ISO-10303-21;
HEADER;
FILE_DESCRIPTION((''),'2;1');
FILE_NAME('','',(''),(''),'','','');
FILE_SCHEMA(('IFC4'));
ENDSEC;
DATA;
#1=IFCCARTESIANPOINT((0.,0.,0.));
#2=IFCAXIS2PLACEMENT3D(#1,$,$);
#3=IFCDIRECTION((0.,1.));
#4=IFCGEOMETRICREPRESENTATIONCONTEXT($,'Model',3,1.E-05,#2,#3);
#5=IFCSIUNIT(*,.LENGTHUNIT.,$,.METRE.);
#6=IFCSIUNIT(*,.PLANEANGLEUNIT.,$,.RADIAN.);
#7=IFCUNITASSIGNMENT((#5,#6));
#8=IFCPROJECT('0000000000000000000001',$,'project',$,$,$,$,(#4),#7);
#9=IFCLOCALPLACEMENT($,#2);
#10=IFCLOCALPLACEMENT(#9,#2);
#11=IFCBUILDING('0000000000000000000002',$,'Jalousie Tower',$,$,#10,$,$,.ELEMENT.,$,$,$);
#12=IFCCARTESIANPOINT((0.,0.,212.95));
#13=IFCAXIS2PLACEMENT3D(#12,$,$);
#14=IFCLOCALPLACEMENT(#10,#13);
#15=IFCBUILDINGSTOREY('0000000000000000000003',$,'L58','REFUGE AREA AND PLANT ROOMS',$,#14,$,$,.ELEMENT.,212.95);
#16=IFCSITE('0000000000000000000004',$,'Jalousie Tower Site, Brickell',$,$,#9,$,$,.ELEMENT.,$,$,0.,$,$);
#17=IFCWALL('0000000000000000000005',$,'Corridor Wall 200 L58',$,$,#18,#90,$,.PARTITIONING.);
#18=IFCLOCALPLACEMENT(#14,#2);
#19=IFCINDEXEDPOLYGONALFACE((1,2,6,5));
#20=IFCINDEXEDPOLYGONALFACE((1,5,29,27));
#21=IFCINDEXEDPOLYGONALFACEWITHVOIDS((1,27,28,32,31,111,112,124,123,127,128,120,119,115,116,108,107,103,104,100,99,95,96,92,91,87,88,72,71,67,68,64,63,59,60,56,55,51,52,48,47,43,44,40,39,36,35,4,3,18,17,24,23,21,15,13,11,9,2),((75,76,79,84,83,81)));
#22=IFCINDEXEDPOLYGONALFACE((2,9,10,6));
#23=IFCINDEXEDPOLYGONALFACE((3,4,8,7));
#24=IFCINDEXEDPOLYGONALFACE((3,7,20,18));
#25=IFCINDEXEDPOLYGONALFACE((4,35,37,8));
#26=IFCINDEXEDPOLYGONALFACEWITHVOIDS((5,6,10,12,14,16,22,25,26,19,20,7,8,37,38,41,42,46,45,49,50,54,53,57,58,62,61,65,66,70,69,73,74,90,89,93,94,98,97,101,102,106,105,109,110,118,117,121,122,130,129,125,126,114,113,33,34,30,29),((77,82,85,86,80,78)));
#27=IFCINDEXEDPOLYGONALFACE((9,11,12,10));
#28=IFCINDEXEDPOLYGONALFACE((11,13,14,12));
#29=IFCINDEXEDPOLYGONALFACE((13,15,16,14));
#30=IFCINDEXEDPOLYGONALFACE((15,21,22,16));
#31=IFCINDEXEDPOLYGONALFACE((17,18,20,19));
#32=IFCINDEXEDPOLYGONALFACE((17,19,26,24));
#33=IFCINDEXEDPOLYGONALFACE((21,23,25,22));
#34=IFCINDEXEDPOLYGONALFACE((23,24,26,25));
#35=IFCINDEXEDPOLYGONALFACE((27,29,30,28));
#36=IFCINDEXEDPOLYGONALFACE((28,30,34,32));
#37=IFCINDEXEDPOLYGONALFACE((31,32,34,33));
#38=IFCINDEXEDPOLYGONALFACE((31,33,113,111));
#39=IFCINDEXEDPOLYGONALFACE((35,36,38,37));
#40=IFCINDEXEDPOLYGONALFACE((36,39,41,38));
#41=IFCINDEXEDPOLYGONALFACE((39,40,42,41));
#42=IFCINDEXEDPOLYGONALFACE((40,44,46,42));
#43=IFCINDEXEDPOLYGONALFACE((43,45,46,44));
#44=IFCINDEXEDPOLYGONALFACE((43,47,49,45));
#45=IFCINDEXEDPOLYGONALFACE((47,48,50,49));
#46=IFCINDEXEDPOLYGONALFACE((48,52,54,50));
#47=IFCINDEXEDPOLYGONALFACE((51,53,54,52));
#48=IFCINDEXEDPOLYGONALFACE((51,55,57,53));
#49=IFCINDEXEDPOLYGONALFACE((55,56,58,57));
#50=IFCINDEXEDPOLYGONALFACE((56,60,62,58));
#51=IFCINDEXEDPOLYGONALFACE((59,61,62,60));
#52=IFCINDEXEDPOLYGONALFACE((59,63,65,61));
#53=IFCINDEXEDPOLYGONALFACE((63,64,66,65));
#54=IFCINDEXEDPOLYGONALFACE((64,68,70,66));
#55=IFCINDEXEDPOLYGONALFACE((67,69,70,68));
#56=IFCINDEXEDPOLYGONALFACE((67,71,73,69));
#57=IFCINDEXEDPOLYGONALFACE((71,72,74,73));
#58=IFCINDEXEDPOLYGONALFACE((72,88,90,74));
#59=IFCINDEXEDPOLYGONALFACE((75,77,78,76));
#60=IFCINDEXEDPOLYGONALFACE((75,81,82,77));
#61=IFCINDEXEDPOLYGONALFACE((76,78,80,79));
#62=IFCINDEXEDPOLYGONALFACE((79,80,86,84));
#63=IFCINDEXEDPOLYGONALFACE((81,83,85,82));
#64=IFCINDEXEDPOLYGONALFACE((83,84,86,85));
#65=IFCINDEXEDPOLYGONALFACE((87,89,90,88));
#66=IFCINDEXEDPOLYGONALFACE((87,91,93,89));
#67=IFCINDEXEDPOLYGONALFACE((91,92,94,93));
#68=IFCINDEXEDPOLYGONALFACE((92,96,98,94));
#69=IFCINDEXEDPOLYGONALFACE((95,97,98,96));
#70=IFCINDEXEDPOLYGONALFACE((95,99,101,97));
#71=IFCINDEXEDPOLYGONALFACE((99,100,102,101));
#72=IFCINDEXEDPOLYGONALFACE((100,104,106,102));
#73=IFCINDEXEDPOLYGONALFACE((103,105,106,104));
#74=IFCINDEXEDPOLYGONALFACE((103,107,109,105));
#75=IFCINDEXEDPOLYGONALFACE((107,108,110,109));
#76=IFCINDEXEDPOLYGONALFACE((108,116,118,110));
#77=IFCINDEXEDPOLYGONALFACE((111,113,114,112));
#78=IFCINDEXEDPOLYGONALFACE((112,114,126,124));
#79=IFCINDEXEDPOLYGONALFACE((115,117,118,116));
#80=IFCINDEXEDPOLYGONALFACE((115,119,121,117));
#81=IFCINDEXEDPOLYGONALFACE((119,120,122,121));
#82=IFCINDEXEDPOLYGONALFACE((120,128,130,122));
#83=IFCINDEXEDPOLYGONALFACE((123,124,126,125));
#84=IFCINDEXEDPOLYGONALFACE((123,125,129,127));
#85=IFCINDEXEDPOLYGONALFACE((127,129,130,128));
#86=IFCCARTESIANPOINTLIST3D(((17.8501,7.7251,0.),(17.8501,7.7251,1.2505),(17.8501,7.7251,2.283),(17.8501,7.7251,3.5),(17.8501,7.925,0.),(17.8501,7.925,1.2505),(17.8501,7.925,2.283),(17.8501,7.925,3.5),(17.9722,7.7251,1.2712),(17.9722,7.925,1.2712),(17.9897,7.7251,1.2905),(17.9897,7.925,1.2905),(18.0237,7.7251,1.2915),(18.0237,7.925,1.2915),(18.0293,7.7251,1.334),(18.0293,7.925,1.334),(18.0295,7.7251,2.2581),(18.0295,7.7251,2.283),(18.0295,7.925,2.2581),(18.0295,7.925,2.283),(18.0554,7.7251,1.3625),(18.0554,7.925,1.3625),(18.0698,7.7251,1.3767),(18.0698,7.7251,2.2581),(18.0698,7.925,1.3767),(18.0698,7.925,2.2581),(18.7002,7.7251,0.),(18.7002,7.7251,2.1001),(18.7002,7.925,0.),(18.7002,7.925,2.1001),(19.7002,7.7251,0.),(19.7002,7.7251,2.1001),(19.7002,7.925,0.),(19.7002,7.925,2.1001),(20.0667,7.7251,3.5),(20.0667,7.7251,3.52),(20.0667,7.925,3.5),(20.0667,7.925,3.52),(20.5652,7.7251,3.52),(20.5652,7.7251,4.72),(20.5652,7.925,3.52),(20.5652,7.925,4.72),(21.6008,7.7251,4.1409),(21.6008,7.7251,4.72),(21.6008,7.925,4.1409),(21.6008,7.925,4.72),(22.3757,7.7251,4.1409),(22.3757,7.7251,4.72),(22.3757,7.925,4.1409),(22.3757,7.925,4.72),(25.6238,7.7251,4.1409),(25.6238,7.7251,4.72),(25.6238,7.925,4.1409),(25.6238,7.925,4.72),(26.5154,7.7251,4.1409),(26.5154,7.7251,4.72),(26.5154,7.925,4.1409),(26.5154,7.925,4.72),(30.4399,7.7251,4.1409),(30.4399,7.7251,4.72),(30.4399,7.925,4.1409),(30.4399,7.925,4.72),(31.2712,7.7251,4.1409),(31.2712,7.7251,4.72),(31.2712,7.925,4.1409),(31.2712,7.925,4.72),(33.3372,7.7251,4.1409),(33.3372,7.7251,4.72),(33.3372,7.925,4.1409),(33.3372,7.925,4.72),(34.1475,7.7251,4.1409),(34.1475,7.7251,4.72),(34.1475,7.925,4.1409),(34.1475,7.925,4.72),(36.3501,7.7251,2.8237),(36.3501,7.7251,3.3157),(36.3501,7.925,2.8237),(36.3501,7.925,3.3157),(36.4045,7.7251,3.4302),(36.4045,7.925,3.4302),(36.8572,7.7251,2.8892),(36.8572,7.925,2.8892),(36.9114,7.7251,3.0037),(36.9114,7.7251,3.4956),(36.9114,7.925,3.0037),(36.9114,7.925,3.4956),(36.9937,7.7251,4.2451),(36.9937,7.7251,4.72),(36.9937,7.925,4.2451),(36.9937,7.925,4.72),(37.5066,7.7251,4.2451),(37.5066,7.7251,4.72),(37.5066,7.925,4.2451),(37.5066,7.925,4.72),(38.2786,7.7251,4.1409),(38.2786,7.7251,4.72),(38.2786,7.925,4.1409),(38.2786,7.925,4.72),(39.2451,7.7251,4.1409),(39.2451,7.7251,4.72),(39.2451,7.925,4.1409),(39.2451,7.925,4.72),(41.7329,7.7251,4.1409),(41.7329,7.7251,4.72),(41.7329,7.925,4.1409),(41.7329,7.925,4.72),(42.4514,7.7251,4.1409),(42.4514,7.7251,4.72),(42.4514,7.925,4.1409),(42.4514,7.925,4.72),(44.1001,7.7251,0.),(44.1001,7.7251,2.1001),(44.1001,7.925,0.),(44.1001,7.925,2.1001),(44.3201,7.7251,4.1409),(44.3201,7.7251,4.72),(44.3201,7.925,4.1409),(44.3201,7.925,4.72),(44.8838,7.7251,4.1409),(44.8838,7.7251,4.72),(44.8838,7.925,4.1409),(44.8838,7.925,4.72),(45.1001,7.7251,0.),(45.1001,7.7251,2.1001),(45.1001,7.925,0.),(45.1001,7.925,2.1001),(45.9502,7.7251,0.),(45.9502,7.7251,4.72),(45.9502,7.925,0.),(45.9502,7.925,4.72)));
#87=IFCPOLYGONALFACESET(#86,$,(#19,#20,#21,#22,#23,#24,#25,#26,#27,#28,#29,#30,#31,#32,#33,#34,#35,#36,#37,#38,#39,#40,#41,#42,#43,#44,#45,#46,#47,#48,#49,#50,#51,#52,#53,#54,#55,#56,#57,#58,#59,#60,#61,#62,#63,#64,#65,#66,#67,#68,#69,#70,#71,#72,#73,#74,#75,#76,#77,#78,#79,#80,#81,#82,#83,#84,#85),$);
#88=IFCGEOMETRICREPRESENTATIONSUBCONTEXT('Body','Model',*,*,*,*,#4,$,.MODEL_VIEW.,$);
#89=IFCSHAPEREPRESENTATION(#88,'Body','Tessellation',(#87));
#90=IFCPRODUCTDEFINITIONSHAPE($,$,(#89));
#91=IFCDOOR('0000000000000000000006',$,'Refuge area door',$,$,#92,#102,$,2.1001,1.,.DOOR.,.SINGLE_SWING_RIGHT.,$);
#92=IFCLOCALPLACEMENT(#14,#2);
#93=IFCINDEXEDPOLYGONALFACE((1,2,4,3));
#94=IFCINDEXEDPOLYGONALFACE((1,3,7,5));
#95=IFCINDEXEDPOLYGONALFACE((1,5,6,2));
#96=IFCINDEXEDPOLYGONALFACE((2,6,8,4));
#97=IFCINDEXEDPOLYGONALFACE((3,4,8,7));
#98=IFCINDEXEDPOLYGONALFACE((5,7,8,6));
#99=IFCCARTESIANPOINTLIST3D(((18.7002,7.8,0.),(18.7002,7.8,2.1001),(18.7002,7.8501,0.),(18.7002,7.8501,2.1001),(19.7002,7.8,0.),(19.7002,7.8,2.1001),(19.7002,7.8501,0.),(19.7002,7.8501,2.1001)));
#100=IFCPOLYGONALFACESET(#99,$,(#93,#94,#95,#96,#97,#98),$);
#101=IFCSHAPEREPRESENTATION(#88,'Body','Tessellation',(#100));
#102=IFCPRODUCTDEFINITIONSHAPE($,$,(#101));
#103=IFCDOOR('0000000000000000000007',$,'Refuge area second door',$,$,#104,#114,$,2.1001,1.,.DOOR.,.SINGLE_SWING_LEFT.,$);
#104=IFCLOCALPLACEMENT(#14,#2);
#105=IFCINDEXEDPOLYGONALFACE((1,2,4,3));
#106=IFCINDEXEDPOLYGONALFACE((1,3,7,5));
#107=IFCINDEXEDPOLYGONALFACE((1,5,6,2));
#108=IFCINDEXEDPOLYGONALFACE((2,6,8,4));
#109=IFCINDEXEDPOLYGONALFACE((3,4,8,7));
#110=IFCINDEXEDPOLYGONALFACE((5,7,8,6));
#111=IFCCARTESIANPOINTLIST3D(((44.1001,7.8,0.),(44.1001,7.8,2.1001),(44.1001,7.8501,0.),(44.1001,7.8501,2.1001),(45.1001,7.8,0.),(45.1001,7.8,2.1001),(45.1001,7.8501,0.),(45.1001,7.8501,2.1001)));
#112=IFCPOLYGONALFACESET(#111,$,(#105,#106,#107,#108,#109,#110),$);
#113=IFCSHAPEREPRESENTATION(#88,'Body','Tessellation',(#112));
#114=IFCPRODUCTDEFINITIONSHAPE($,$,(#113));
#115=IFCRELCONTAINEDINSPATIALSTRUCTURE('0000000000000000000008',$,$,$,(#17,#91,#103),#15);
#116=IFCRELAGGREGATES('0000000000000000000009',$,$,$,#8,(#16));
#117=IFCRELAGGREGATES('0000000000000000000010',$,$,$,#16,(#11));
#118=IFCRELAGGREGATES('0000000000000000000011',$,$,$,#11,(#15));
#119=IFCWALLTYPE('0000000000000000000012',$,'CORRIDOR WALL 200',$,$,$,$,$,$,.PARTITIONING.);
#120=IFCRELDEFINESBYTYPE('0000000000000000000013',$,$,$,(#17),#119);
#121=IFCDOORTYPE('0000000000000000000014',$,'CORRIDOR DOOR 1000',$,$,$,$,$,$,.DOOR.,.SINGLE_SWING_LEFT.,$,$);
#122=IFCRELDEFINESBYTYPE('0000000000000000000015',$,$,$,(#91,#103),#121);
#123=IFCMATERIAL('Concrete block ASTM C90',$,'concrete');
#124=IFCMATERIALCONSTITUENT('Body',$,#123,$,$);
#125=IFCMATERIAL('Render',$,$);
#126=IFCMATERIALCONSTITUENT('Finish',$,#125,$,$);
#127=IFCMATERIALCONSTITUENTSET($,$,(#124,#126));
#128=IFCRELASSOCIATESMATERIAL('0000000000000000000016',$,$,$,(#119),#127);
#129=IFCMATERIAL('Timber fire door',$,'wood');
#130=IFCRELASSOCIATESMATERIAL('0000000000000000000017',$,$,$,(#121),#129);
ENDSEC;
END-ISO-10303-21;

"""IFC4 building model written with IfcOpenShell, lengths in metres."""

from ifc_helpers import new_model, si_unit, direction, frame, frame_2d, origin, place, context, subcontext, project, spatial, polyline, rectangle, outline, extrude, material, constituent, constituent_set, type_object, element, fill, save


model = new_model("IFC4")

# Units and contexts
model_context = context("Model", 3, precision=1e-05, world=origin(), true_north=direction((0.0, 1.0)))
body_context = subcontext(model_context, "Body", "Model", "MODEL_VIEW")
ifc_project = project(units=[si_unit("LENGTHUNIT", "METRE"), si_unit("PLANEANGLEUNIT", "RADIAN")], contexts=[model_context])

# Site, building, storey
site_placement = place(None, origin())
site = spatial("IfcSite", under=ifc_project, at=site_placement, Name="Jalousie Tower Site, Brickell", CompositionType="ELEMENT", RefElevation=0.0)
building_placement = place(site_placement, origin())
building = spatial("IfcBuilding", under=site, at=building_placement, Name="Jalousie Tower", CompositionType="ELEMENT")
storey_placement = place(building_placement, frame((0.0, 0.0, 212.95)))
storey = spatial("IfcBuildingStorey", under=building, at=storey_placement, Name="L58", Description="REFUGE AREA AND PLANT ROOMS", CompositionType="ELEMENT", Elevation=212.95)

# Wall, openings, doors
ifc_material_1 = material(Name="Concrete block ASTM C90", Category="concrete")
ifc_constituent_1 = constituent(ifc_material_1, Name="Body")
ifc_material_2 = material(Name="Render")
ifc_constituent_2 = constituent(ifc_material_2, Name="Finish")
ifc_constituent_set = constituent_set(constituents=[ifc_constituent_1, ifc_constituent_2])
wall_type = type_object("IfcWallType", Name="CORRIDOR WALL 200", PredefinedType="PARTITIONING", material=ifc_constituent_set)
wall_placement = place(storey_placement, frame((17.8501, 7.825, 0.0), z_axis=(0.0, 0.0, 1.0), x_axis=(1.0, 0.0, 0.0)))
wall = element("IfcWall", 1, at=wall_placement, inside=storey, type_object=wall_type, Name="Corridor Wall 200 L58", PredefinedType="PARTITIONING", context=body_context, shape_type="SweptSolid", body=[
    extrude(outline(polyline([(0.1221, 1.2712), (0.0, 1.2505), (0.0, 0.0), (28.1001, 0.0), (28.1001, 4.72), (27.0337, 4.72), (27.0337, 4.1409), (26.47, 4.1409), (26.47, 4.72), (24.6013, 4.72), (24.6013, 4.1409), (23.8828, 4.1409), (23.8828, 4.72), (21.395, 4.72), (21.395, 4.1409), (20.4285, 4.1409), (20.4285, 4.72), (19.6565, 4.72), (19.6565, 4.2451), (19.1436, 4.2451), (19.1436, 4.72), (16.2974, 4.72), (16.2974, 4.1409), (15.4871, 4.1409), (15.4871, 4.72), (13.4211, 4.72), (13.4211, 4.1409), (12.5898, 4.1409), (12.5898, 4.72), (8.6653, 4.72), (8.6653, 4.1409), (7.7737, 4.1409), (7.7737, 4.72), (4.5256, 4.72), (4.5256, 4.1409), (3.7507, 4.1409), (3.7507, 4.72), (2.7151, 4.72), (2.7151, 3.52), (2.2166, 3.52), (2.2166, 3.5), (0.0, 3.5), (0.0, 2.283), (0.1794, 2.283), (0.1794, 2.2581), (0.2197, 2.2581), (0.2197, 1.3767), (0.2053, 1.3625), (0.1792, 1.334), (0.1736, 1.2915), (0.1396, 1.2905), (0.1221, 1.2712)]), holes=[polyline([(18.5, 3.3157), (18.5544, 3.4302), (19.0613, 3.4956), (19.0613, 3.0037), (19.0071, 2.8892), (18.5, 2.8237), (18.5, 3.3157)])]), frame((0.0, 0.1001, 0.0), z_axis=(0.0, -1.0, 0.0), x_axis=(1.0, 0.0, 0.0)), (0.0, 0.0, 1.0), 0.2),
])
opening_1_placement = place(wall_placement, frame((0.8501, 0.0, 0.0)))
opening_1 = element("IfcOpeningElement", 2, at=opening_1_placement, cuts=wall, PredefinedType="OPENING", context=body_context, shape_type="SweptSolid", body=[
    extrude(rectangle(XDim=1.0, YDim=2.1001, at=frame_2d((0.5, 1.05))), frame((0.0, 0.1099, 0.0), z_axis=(0.0, -1.0, 0.0), x_axis=(1.0, 0.0, 0.0)), (0.0, 0.0, 1.0), 0.22),
])
opening_2_placement = place(wall_placement, frame((26.25, 0.0, 0.0)))
opening_2 = element("IfcOpeningElement", 3, at=opening_2_placement, cuts=wall, PredefinedType="OPENING", context=body_context, shape_type="SweptSolid", body=[
    extrude(rectangle(XDim=1.0, YDim=2.1001, at=frame_2d((0.5, 1.05))), frame((0.0, 0.1099, 0.0), z_axis=(0.0, -1.0, 0.0), x_axis=(1.0, 0.0, 0.0)), (0.0, 0.0, 1.0), 0.22),
])
ifc_material_3 = material(Name="Timber fire door", Category="wood")
door_type = type_object("IfcDoorType", Name="CORRIDOR DOOR 1000", OperationType="SINGLE_SWING_LEFT", PredefinedType="DOOR", material=ifc_material_3)
door_1_placement = place(opening_1_placement, frame((1.0, 0.0, 0.0), z_axis=(0.0, 0.0, 1.0), x_axis=(-1.0, 0.0, 0.0)))
door_1 = element("IfcDoor", 4, at=door_1_placement, inside=storey, type_object=door_type, Name="Refuge area door", OperationType="SINGLE_SWING_RIGHT", OverallHeight=2.1001, OverallWidth=1.0, PredefinedType="DOOR", context=body_context, shape_type="SweptSolid", body=[
    extrude(rectangle(XDim=1.0, YDim=2.1001, at=frame_2d((0.5, 1.05))), frame((0.0, 0.0249, 0.0), z_axis=(0.0, -1.0, 0.0), x_axis=(1.0, 0.0, 0.0)), (0.0, 0.0, 1.0), 0.05),
])
fill(opening_1, door_1)
door_2_placement = place(opening_2_placement, frame((1.0, 0.0, 0.0), z_axis=(0.0, 0.0, 1.0), x_axis=(-1.0, 0.0, 0.0)))
door_2 = element("IfcDoor", 5, at=door_2_placement, inside=storey, type_object=door_type, Name="Refuge area second door", OperationType="SINGLE_SWING_LEFT", OverallHeight=2.1001, OverallWidth=1.0, PredefinedType="DOOR", context=body_context, shape_type="SweptSolid", body=[
    extrude(rectangle(XDim=1.0, YDim=2.1001, at=frame_2d((0.5, 1.05))), frame((0.0, 0.0249, 0.0), z_axis=(0.0, -1.0, 0.0), x_axis=(1.0, 0.0, 0.0)), (0.0, 0.0, 1.0), 0.05),
])
fill(opening_2, door_2)

save(model, "model.ifc")
